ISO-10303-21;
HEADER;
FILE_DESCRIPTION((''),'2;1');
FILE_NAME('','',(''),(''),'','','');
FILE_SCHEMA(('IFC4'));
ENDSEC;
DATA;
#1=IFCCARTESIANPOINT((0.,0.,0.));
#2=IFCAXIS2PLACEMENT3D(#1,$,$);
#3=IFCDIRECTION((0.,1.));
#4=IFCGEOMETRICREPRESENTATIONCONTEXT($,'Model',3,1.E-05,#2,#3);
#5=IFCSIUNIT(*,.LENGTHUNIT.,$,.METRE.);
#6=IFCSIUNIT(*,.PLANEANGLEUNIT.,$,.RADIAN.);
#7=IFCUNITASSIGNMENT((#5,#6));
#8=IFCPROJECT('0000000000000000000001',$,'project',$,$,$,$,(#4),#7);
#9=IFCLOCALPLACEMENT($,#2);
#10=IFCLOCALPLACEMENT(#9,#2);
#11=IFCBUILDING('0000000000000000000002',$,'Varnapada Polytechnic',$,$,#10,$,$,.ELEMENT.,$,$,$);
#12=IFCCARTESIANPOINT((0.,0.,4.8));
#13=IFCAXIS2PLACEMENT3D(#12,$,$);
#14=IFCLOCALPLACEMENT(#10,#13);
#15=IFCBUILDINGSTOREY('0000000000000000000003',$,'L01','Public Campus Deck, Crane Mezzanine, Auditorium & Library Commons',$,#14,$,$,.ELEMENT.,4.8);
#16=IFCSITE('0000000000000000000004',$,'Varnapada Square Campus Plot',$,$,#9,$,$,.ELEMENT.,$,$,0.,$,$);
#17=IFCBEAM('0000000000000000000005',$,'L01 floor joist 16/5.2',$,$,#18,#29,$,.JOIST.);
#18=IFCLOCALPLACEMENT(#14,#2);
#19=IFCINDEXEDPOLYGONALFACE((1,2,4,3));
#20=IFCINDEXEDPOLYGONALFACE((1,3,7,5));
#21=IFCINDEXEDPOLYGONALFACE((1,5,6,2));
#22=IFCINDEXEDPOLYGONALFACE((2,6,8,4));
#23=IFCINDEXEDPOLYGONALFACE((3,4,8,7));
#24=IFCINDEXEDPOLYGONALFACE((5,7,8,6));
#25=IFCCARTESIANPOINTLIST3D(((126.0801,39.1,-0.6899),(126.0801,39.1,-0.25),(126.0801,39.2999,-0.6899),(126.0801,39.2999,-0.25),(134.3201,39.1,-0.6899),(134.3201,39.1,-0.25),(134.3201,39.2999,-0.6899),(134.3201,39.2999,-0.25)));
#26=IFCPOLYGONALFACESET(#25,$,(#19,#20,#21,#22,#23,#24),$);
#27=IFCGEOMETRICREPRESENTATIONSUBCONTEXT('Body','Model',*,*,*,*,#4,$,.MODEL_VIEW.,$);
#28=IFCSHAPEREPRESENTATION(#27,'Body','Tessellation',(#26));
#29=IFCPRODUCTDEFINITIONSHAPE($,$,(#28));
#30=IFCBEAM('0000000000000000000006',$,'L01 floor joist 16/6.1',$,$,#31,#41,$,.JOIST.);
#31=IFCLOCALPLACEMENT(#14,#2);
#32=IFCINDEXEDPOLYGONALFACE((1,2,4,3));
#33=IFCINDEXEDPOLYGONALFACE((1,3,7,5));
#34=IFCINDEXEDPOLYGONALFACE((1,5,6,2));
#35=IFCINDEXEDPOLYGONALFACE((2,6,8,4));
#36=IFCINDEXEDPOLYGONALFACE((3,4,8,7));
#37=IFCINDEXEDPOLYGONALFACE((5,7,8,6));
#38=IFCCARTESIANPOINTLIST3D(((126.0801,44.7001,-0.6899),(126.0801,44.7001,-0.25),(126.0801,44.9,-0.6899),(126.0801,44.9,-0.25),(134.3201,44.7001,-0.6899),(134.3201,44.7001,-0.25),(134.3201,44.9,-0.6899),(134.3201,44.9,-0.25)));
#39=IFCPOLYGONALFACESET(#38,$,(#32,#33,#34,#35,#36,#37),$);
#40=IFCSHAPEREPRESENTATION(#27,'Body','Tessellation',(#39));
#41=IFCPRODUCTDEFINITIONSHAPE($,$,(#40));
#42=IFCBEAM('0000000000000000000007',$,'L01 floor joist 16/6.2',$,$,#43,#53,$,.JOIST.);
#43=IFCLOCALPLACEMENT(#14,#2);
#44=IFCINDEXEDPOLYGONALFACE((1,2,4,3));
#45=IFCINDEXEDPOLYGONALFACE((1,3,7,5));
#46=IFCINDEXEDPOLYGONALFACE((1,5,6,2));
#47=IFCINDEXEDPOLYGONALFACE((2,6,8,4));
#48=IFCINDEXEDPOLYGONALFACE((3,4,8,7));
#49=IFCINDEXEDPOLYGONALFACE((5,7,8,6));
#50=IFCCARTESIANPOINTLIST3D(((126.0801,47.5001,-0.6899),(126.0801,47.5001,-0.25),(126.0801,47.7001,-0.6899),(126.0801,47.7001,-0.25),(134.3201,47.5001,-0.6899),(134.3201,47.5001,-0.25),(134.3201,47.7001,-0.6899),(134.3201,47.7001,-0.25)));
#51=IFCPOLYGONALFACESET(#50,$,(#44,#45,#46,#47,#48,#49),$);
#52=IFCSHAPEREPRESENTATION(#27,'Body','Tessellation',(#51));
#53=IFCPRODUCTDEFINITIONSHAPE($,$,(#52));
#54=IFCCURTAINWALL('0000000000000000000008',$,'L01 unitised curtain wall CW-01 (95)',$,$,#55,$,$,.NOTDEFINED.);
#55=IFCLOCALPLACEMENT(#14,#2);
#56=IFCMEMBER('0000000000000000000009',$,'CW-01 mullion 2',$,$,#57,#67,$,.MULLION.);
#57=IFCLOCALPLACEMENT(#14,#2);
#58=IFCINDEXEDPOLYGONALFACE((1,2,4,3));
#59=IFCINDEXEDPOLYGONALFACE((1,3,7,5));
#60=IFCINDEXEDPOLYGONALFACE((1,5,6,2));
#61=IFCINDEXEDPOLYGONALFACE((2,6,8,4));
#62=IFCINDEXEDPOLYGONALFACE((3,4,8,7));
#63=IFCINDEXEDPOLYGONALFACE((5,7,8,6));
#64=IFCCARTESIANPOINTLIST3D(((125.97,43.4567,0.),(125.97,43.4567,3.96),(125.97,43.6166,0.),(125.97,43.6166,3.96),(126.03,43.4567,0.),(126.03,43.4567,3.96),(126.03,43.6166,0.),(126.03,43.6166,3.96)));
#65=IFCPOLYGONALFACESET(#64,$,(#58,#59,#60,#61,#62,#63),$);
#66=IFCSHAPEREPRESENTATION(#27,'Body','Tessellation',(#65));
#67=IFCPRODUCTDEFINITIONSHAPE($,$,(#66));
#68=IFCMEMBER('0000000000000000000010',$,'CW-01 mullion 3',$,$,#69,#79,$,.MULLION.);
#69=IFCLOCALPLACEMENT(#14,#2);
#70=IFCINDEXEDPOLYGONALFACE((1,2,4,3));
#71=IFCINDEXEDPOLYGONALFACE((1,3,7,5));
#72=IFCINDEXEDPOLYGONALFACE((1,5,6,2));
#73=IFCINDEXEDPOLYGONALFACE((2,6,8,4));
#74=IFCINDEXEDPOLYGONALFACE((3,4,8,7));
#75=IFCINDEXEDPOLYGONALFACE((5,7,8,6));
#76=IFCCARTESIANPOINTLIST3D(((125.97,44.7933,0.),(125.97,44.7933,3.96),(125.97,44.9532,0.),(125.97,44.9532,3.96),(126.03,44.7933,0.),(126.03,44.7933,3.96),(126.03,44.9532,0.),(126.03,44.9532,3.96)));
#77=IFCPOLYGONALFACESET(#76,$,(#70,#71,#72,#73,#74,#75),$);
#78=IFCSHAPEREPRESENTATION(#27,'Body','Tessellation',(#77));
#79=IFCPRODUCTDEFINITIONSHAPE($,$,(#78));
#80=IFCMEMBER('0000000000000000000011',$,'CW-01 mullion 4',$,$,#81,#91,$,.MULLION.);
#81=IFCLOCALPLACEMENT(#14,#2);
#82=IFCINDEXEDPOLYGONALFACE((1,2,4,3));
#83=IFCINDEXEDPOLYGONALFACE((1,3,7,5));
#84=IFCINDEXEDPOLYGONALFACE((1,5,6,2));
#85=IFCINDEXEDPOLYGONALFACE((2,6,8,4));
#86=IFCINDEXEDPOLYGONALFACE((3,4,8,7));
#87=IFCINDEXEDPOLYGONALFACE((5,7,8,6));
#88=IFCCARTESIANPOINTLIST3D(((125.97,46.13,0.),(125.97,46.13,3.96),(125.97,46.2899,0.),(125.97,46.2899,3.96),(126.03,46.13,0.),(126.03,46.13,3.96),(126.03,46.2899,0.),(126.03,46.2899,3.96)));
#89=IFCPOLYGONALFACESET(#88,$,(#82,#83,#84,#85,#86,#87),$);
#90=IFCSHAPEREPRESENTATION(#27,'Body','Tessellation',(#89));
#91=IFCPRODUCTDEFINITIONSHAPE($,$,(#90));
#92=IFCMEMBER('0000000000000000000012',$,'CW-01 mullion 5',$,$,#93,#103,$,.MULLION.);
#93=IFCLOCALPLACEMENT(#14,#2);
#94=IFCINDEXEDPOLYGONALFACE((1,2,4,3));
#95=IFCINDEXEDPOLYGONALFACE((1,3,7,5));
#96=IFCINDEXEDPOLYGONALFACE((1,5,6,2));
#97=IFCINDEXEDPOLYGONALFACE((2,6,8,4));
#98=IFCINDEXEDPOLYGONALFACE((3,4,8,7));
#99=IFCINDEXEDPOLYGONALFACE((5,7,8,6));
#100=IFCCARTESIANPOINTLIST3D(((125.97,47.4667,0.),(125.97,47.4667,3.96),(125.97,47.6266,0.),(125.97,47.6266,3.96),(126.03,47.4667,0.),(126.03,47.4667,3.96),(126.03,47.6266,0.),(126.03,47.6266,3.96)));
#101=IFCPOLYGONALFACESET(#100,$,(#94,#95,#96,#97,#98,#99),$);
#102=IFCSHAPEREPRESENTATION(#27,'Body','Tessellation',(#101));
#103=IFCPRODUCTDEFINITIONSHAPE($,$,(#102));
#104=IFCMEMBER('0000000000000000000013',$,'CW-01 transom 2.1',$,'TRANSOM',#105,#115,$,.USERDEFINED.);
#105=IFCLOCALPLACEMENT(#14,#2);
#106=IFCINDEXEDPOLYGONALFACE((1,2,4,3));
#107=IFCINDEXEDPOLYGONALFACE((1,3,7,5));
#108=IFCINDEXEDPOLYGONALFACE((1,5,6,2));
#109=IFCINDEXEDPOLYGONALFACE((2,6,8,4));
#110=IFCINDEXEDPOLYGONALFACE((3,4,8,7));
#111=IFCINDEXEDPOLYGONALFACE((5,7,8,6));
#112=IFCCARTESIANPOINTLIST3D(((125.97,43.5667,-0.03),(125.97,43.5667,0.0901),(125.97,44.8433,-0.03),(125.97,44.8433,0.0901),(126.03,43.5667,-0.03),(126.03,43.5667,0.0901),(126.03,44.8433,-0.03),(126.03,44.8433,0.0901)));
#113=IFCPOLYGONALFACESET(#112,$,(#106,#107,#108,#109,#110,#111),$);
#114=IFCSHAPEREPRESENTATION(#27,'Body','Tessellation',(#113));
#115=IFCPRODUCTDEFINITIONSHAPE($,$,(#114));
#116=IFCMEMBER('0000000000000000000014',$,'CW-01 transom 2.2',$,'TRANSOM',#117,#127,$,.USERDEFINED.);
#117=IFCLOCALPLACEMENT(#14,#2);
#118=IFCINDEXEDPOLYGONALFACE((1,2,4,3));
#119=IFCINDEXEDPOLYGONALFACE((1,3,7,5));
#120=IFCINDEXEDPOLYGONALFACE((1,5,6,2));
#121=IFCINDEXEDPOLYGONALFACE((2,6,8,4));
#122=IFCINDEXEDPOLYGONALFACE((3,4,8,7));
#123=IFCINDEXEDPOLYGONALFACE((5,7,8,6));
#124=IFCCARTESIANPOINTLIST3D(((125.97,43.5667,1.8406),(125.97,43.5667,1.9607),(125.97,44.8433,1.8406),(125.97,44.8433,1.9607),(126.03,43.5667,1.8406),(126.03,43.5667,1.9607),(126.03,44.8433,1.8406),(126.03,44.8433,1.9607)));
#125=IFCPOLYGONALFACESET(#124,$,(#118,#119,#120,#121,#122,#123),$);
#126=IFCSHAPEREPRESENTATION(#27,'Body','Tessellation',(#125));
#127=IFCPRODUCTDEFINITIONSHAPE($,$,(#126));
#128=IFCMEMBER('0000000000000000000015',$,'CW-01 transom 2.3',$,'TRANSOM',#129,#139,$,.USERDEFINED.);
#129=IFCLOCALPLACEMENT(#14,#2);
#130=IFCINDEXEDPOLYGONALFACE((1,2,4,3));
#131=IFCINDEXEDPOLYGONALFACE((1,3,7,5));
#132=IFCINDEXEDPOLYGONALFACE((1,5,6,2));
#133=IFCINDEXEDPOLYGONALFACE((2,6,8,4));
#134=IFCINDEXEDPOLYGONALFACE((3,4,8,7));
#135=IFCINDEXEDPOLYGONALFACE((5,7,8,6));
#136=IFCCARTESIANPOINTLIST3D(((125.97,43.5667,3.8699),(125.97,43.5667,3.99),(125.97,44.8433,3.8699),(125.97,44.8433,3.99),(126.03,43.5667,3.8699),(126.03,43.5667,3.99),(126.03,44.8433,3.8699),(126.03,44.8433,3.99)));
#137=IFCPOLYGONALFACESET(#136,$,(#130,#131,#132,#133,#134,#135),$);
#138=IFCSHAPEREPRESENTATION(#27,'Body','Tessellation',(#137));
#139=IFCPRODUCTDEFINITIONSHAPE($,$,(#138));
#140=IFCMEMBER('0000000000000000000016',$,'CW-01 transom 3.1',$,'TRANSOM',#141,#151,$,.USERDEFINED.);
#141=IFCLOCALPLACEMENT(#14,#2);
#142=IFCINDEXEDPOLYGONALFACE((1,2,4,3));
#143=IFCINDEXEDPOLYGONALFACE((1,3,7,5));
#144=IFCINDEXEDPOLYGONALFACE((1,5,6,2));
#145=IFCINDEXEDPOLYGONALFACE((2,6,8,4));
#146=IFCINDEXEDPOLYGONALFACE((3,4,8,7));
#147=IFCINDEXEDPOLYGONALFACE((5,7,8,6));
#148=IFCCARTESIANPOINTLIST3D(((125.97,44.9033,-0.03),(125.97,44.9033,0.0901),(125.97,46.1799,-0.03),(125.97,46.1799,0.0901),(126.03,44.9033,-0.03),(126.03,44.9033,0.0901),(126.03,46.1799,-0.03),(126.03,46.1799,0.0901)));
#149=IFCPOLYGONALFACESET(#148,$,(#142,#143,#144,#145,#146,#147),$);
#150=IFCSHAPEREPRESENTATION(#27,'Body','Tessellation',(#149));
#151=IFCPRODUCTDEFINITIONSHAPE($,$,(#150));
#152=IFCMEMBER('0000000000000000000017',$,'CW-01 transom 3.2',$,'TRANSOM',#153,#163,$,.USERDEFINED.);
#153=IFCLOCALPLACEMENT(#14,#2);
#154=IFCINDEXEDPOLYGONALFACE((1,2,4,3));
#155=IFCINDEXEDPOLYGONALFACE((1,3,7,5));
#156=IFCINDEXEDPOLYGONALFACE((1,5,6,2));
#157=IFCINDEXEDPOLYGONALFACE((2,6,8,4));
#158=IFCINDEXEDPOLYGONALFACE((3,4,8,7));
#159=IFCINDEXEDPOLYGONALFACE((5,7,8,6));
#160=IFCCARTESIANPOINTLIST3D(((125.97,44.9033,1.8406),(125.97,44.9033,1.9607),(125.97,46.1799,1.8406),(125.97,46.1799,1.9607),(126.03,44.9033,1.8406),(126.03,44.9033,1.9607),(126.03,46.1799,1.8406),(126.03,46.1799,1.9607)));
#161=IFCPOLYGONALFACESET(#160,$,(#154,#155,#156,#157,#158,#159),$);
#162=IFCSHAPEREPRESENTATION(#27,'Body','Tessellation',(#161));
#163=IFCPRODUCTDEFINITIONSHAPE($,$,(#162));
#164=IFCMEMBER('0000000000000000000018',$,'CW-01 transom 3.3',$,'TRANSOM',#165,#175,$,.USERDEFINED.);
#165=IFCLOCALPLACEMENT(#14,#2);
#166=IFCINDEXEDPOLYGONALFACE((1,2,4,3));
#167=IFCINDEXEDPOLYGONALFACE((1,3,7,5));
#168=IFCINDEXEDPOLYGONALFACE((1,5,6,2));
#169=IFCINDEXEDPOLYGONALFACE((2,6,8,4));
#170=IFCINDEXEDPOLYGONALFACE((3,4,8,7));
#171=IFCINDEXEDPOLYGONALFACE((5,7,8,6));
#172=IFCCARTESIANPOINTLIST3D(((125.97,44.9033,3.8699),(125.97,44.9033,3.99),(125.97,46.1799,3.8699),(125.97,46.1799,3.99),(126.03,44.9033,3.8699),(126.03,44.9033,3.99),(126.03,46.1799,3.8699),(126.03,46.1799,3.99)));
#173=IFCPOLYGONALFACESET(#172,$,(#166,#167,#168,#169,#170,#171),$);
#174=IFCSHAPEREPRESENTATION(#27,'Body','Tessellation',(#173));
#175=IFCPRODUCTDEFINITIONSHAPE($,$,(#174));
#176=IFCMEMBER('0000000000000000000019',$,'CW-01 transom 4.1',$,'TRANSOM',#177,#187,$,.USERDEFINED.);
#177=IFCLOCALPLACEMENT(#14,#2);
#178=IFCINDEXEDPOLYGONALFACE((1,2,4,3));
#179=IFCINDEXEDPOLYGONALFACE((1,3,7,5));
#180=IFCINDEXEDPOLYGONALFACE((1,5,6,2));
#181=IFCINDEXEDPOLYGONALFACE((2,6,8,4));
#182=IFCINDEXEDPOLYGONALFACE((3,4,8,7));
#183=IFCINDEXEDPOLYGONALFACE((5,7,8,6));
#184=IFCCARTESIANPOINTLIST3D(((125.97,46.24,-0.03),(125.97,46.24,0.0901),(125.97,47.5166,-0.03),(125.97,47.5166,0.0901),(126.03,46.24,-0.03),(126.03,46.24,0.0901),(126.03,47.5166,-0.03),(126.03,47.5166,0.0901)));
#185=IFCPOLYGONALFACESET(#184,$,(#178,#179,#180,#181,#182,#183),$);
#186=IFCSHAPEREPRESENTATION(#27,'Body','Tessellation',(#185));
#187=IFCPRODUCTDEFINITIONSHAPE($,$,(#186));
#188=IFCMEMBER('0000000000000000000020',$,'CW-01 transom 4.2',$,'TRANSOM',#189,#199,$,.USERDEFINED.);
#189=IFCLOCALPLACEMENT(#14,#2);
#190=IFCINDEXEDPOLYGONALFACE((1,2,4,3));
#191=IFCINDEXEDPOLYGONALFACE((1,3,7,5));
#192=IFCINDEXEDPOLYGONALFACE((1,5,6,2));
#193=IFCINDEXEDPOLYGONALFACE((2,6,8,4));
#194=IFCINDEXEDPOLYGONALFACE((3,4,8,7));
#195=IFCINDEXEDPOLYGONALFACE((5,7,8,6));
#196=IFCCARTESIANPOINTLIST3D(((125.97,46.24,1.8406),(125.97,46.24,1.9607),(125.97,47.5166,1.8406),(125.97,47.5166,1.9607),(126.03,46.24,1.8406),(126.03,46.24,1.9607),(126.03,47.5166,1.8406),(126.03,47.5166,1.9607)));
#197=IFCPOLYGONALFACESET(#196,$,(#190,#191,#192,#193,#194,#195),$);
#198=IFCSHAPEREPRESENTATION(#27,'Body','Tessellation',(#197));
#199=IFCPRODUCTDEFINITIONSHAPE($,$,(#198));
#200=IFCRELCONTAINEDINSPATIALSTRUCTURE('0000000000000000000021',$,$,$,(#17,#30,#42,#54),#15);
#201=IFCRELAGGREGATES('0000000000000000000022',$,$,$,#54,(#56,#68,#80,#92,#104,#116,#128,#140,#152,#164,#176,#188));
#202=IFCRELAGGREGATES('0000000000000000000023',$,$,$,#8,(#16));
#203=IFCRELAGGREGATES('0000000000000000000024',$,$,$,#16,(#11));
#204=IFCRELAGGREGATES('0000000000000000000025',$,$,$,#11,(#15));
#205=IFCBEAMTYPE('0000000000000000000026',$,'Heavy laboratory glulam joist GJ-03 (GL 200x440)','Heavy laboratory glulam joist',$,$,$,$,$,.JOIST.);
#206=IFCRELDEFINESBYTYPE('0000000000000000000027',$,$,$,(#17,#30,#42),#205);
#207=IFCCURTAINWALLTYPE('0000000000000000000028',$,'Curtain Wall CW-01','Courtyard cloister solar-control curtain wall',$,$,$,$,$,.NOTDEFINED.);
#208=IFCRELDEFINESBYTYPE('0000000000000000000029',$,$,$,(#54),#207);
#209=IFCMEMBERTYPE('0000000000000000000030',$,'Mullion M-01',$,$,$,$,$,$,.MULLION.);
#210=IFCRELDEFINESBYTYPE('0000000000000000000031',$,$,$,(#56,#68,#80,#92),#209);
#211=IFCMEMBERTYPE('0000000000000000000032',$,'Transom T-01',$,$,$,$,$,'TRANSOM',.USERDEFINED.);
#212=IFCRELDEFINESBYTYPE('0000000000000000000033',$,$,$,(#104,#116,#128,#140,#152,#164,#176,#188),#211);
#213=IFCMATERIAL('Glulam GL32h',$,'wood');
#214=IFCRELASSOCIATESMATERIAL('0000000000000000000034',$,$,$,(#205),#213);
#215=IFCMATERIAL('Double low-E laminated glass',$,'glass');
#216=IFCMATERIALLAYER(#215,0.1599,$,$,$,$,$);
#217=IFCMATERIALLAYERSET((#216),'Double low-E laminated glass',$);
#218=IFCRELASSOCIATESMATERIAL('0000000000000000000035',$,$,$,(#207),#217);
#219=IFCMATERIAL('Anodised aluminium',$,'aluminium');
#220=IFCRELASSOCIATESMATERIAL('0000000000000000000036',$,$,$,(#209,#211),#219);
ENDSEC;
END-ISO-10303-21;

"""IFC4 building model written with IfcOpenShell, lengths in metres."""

from ifc_helpers import new_model, si_unit, direction, frame, origin, origin_2d, place, context, subcontext, project, spatial, rectangle, extrude, material, layer, layer_set, material_profile, profile_set, type_object, element, aggregate, save


model = new_model("IFC4")

# Units and contexts
model_context = context("Model", 3, precision=1e-05, world=origin(), true_north=direction((0.0, 1.0)))
body_context = subcontext(model_context, "Body", "Model", "MODEL_VIEW")
ifc_project = project(units=[si_unit("LENGTHUNIT", "METRE"), si_unit("PLANEANGLEUNIT", "RADIAN")], contexts=[model_context])

# Site, building, storey
site_placement = place(None, origin())
site = spatial("IfcSite", under=ifc_project, at=site_placement, Name="Varnapada Square Campus Plot", CompositionType="ELEMENT", RefElevation=0.0)
building_placement = place(site_placement, origin())
building = spatial("IfcBuilding", under=site, at=building_placement, Name="Varnapada Polytechnic", CompositionType="ELEMENT")
storey_placement = place(building_placement, frame((0.0, 0.0, 4.8)))
storey = spatial("IfcBuildingStorey", under=building, at=storey_placement, Name="L01", Description="Public Campus Deck, Crane Mezzanine, Auditorium & Library Commons", CompositionType="ELEMENT", Elevation=4.8)

# Beams
ifc_material_1 = material(Name="Glulam GL32h", Category="wood")
ifc_material_profile_1 = material_profile(ifc_material_1, rectangle(XDim=0.2, YDim=0.4399, at=origin_2d()), Name="GL 200x440")
ifc_profile_set_1 = profile_set([ifc_material_profile_1], Name="Glulam GL32h")
beam_type = type_object("IfcBeamType", Name="Heavy laboratory glulam joist GJ-03 (GL 200x440)", Description="Heavy laboratory glulam joist", PredefinedType="JOIST", material=ifc_profile_set_1)
for number, where, z_axis, x_axis, name in (
    (1, (126.0801, 39.2, -0.47), (1.0, 0.0, 0.0), (0.0, 1.0, 0.0), "L01 floor joist 16/5.2"),
    (2, (126.0801, 44.8, -0.47), (1.0, 0.0, 0.0), (0.0, 1.0, 0.0), "L01 floor joist 16/6.1"),
    (3, (126.0801, 47.6001, -0.47), (1.0, 0.0, 0.0), (0.0, 1.0, 0.0), "L01 floor joist 16/6.2"),
):
    element("IfcBeam", number, at=place(storey_placement, frame(where, z_axis=z_axis, x_axis=x_axis)), inside=storey, type_object=beam_type, Name=name, PredefinedType="JOIST", context=body_context, shape_type="SweptSolid", body=[
        extrude(rectangle(XDim=0.2, YDim=0.4399, at=origin_2d()), origin(), (0.0, 0.0, 1.0), 8.24),
    ])

# Curtain wall, members
ifc_material_2 = material(Name="Double low-E laminated glass", Category="glass")
ifc_layer_1 = layer(ifc_material_2, 0.1599)
ifc_layer_set_1 = layer_set([ifc_layer_1], Name="Double low-E laminated glass")
curtain_wall_type = type_object("IfcCurtainWallType", Name="Curtain Wall CW-01", Description="Courtyard cloister solar-control curtain wall", PredefinedType="NOTDEFINED", material=ifc_layer_set_1)
curtain_wall_placement = place(storey_placement, origin())
curtain_wall = element("IfcCurtainWall", 4, at=curtain_wall_placement, inside=storey, type_object=curtain_wall_type, Name="L01 unitised curtain wall CW-01 (95)", PredefinedType="NOTDEFINED")
ifc_material_3 = material(Name="Anodised aluminium", Category="aluminium")
ifc_material_profile_2 = material_profile(ifc_material_3, rectangle(XDim=0.0601, YDim=0.1599, at=origin_2d()), Name="ALU M60x160")
ifc_profile_set_2 = profile_set([ifc_material_profile_2], Name="Anodised aluminium")
member_type_1 = type_object("IfcMemberType", Name="Mullion M-01", PredefinedType="MULLION", material=ifc_profile_set_2)
member_1_placement = place(storey_placement, frame((126.0, 43.5366, 0.0), z_axis=(0.0, 0.0, 1.0), x_axis=(-1.0, 0.0, 0.0)))
member_1 = element("IfcMember", 5, at=member_1_placement, type_object=member_type_1, Name="CW-01 mullion 2", PredefinedType="MULLION", context=body_context, shape_type="SweptSolid", body=[
    extrude(rectangle(XDim=0.0601, YDim=0.1599, at=origin_2d()), origin(), (0.0, 0.0, 1.0), 3.96),
])
member_2_placement = place(storey_placement, frame((126.0, 44.8733, 0.0), z_axis=(0.0, 0.0, 1.0), x_axis=(-1.0, 0.0, 0.0)))
member_2 = element("IfcMember", 6, at=member_2_placement, type_object=member_type_1, Name="CW-01 mullion 3", PredefinedType="MULLION", context=body_context, shape_type="SweptSolid", body=[
    extrude(rectangle(XDim=0.0601, YDim=0.1599, at=origin_2d()), origin(), (0.0, 0.0, 1.0), 3.96),
])
member_3_placement = place(storey_placement, frame((126.0, 46.21, 0.0), z_axis=(0.0, 0.0, 1.0), x_axis=(-1.0, 0.0, 0.0)))
member_3 = element("IfcMember", 7, at=member_3_placement, type_object=member_type_1, Name="CW-01 mullion 4", PredefinedType="MULLION", context=body_context, shape_type="SweptSolid", body=[
    extrude(rectangle(XDim=0.0601, YDim=0.1599, at=origin_2d()), origin(), (0.0, 0.0, 1.0), 3.96),
])
member_4_placement = place(storey_placement, frame((126.0, 47.5466, 0.0), z_axis=(0.0, 0.0, 1.0), x_axis=(-1.0, 0.0, 0.0)))
member_4 = element("IfcMember", 8, at=member_4_placement, type_object=member_type_1, Name="CW-01 mullion 5", PredefinedType="MULLION", context=body_context, shape_type="SweptSolid", body=[
    extrude(rectangle(XDim=0.0601, YDim=0.1599, at=origin_2d()), origin(), (0.0, 0.0, 1.0), 3.96),
])
ifc_material_profile_3 = material_profile(ifc_material_3, rectangle(XDim=0.0601, YDim=0.1201, at=origin_2d()), Name="ALU T60x120")
ifc_profile_set_3 = profile_set([ifc_material_profile_3], Name="Anodised aluminium")
member_type_2 = type_object("IfcMemberType", Name="Transom T-01", ElementType="TRANSOM", PredefinedType="USERDEFINED", material=ifc_profile_set_3)
member_5_placement = place(storey_placement, frame((126.0, 43.5667, 0.03), z_axis=(0.0, 1.0, 0.0), x_axis=(-1.0, 0.0, 0.0)))
member_5 = element("IfcMember", 9, at=member_5_placement, type_object=member_type_2, Name="CW-01 transom 2.1", ObjectType="TRANSOM", PredefinedType="USERDEFINED", context=body_context, shape_type="SweptSolid", body=[
    extrude(rectangle(XDim=0.0601, YDim=0.1201, at=origin_2d()), origin(), (0.0, 0.0, 1.0), 1.2766),
])
member_6_placement = place(storey_placement, frame((126.0, 43.5667, 1.9006), z_axis=(0.0, 1.0, 0.0), x_axis=(-1.0, 0.0, 0.0)))
member_6 = element("IfcMember", 10, at=member_6_placement, type_object=member_type_2, Name="CW-01 transom 2.2", ObjectType="TRANSOM", PredefinedType="USERDEFINED", context=body_context, shape_type="SweptSolid", body=[
    extrude(rectangle(XDim=0.0601, YDim=0.1201, at=origin_2d()), origin(), (0.0, 0.0, 1.0), 1.2766),
])
member_7_placement = place(storey_placement, frame((126.0, 43.5667, 3.9299), z_axis=(0.0, 1.0, 0.0), x_axis=(-1.0, 0.0, 0.0)))
member_7 = element("IfcMember", 11, at=member_7_placement, type_object=member_type_2, Name="CW-01 transom 2.3", ObjectType="TRANSOM", PredefinedType="USERDEFINED", context=body_context, shape_type="SweptSolid", body=[
    extrude(rectangle(XDim=0.0601, YDim=0.1201, at=origin_2d()), origin(), (0.0, 0.0, 1.0), 1.2766),
])
member_8_placement = place(storey_placement, frame((126.0, 44.9033, 0.03), z_axis=(0.0, 1.0, 0.0), x_axis=(-1.0, 0.0, 0.0)))
member_8 = element("IfcMember", 12, at=member_8_placement, type_object=member_type_2, Name="CW-01 transom 3.1", ObjectType="TRANSOM", PredefinedType="USERDEFINED", context=body_context, shape_type="SweptSolid", body=[
    extrude(rectangle(XDim=0.0601, YDim=0.1201, at=origin_2d()), origin(), (0.0, 0.0, 1.0), 1.2766),
])
member_9_placement = place(storey_placement, frame((126.0, 44.9033, 1.9006), z_axis=(0.0, 1.0, 0.0), x_axis=(-1.0, 0.0, 0.0)))
member_9 = element("IfcMember", 13, at=member_9_placement, type_object=member_type_2, Name="CW-01 transom 3.2", ObjectType="TRANSOM", PredefinedType="USERDEFINED", context=body_context, shape_type="SweptSolid", body=[
    extrude(rectangle(XDim=0.0601, YDim=0.1201, at=origin_2d()), origin(), (0.0, 0.0, 1.0), 1.2766),
])
member_10_placement = place(storey_placement, frame((126.0, 44.9033, 3.9299), z_axis=(0.0, 1.0, 0.0), x_axis=(-1.0, 0.0, 0.0)))
member_10 = element("IfcMember", 14, at=member_10_placement, type_object=member_type_2, Name="CW-01 transom 3.3", ObjectType="TRANSOM", PredefinedType="USERDEFINED", context=body_context, shape_type="SweptSolid", body=[
    extrude(rectangle(XDim=0.0601, YDim=0.1201, at=origin_2d()), origin(), (0.0, 0.0, 1.0), 1.2766),
])
member_11_placement = place(storey_placement, frame((126.0, 46.24, 0.03), z_axis=(0.0, 1.0, 0.0), x_axis=(-1.0, 0.0, 0.0)))
member_11 = element("IfcMember", 15, at=member_11_placement, type_object=member_type_2, Name="CW-01 transom 4.1", ObjectType="TRANSOM", PredefinedType="USERDEFINED", context=body_context, shape_type="SweptSolid", body=[
    extrude(rectangle(XDim=0.0601, YDim=0.1201, at=origin_2d()), origin(), (0.0, 0.0, 1.0), 1.2766),
])
member_12_placement = place(storey_placement, frame((126.0, 46.24, 1.9006), z_axis=(0.0, 1.0, 0.0), x_axis=(-1.0, 0.0, 0.0)))
member_12 = element("IfcMember", 16, at=member_12_placement, type_object=member_type_2, Name="CW-01 transom 4.2", ObjectType="TRANSOM", PredefinedType="USERDEFINED", context=body_context, shape_type="SweptSolid", body=[
    extrude(rectangle(XDim=0.0601, YDim=0.1201, at=origin_2d()), origin(), (0.0, 0.0, 1.0), 1.2766),
])
aggregate(curtain_wall, [member_1, member_2, member_3, member_4, member_5, member_6, member_7, member_8, member_9, member_10, member_11, member_12])

save(model, "model.ifc")
